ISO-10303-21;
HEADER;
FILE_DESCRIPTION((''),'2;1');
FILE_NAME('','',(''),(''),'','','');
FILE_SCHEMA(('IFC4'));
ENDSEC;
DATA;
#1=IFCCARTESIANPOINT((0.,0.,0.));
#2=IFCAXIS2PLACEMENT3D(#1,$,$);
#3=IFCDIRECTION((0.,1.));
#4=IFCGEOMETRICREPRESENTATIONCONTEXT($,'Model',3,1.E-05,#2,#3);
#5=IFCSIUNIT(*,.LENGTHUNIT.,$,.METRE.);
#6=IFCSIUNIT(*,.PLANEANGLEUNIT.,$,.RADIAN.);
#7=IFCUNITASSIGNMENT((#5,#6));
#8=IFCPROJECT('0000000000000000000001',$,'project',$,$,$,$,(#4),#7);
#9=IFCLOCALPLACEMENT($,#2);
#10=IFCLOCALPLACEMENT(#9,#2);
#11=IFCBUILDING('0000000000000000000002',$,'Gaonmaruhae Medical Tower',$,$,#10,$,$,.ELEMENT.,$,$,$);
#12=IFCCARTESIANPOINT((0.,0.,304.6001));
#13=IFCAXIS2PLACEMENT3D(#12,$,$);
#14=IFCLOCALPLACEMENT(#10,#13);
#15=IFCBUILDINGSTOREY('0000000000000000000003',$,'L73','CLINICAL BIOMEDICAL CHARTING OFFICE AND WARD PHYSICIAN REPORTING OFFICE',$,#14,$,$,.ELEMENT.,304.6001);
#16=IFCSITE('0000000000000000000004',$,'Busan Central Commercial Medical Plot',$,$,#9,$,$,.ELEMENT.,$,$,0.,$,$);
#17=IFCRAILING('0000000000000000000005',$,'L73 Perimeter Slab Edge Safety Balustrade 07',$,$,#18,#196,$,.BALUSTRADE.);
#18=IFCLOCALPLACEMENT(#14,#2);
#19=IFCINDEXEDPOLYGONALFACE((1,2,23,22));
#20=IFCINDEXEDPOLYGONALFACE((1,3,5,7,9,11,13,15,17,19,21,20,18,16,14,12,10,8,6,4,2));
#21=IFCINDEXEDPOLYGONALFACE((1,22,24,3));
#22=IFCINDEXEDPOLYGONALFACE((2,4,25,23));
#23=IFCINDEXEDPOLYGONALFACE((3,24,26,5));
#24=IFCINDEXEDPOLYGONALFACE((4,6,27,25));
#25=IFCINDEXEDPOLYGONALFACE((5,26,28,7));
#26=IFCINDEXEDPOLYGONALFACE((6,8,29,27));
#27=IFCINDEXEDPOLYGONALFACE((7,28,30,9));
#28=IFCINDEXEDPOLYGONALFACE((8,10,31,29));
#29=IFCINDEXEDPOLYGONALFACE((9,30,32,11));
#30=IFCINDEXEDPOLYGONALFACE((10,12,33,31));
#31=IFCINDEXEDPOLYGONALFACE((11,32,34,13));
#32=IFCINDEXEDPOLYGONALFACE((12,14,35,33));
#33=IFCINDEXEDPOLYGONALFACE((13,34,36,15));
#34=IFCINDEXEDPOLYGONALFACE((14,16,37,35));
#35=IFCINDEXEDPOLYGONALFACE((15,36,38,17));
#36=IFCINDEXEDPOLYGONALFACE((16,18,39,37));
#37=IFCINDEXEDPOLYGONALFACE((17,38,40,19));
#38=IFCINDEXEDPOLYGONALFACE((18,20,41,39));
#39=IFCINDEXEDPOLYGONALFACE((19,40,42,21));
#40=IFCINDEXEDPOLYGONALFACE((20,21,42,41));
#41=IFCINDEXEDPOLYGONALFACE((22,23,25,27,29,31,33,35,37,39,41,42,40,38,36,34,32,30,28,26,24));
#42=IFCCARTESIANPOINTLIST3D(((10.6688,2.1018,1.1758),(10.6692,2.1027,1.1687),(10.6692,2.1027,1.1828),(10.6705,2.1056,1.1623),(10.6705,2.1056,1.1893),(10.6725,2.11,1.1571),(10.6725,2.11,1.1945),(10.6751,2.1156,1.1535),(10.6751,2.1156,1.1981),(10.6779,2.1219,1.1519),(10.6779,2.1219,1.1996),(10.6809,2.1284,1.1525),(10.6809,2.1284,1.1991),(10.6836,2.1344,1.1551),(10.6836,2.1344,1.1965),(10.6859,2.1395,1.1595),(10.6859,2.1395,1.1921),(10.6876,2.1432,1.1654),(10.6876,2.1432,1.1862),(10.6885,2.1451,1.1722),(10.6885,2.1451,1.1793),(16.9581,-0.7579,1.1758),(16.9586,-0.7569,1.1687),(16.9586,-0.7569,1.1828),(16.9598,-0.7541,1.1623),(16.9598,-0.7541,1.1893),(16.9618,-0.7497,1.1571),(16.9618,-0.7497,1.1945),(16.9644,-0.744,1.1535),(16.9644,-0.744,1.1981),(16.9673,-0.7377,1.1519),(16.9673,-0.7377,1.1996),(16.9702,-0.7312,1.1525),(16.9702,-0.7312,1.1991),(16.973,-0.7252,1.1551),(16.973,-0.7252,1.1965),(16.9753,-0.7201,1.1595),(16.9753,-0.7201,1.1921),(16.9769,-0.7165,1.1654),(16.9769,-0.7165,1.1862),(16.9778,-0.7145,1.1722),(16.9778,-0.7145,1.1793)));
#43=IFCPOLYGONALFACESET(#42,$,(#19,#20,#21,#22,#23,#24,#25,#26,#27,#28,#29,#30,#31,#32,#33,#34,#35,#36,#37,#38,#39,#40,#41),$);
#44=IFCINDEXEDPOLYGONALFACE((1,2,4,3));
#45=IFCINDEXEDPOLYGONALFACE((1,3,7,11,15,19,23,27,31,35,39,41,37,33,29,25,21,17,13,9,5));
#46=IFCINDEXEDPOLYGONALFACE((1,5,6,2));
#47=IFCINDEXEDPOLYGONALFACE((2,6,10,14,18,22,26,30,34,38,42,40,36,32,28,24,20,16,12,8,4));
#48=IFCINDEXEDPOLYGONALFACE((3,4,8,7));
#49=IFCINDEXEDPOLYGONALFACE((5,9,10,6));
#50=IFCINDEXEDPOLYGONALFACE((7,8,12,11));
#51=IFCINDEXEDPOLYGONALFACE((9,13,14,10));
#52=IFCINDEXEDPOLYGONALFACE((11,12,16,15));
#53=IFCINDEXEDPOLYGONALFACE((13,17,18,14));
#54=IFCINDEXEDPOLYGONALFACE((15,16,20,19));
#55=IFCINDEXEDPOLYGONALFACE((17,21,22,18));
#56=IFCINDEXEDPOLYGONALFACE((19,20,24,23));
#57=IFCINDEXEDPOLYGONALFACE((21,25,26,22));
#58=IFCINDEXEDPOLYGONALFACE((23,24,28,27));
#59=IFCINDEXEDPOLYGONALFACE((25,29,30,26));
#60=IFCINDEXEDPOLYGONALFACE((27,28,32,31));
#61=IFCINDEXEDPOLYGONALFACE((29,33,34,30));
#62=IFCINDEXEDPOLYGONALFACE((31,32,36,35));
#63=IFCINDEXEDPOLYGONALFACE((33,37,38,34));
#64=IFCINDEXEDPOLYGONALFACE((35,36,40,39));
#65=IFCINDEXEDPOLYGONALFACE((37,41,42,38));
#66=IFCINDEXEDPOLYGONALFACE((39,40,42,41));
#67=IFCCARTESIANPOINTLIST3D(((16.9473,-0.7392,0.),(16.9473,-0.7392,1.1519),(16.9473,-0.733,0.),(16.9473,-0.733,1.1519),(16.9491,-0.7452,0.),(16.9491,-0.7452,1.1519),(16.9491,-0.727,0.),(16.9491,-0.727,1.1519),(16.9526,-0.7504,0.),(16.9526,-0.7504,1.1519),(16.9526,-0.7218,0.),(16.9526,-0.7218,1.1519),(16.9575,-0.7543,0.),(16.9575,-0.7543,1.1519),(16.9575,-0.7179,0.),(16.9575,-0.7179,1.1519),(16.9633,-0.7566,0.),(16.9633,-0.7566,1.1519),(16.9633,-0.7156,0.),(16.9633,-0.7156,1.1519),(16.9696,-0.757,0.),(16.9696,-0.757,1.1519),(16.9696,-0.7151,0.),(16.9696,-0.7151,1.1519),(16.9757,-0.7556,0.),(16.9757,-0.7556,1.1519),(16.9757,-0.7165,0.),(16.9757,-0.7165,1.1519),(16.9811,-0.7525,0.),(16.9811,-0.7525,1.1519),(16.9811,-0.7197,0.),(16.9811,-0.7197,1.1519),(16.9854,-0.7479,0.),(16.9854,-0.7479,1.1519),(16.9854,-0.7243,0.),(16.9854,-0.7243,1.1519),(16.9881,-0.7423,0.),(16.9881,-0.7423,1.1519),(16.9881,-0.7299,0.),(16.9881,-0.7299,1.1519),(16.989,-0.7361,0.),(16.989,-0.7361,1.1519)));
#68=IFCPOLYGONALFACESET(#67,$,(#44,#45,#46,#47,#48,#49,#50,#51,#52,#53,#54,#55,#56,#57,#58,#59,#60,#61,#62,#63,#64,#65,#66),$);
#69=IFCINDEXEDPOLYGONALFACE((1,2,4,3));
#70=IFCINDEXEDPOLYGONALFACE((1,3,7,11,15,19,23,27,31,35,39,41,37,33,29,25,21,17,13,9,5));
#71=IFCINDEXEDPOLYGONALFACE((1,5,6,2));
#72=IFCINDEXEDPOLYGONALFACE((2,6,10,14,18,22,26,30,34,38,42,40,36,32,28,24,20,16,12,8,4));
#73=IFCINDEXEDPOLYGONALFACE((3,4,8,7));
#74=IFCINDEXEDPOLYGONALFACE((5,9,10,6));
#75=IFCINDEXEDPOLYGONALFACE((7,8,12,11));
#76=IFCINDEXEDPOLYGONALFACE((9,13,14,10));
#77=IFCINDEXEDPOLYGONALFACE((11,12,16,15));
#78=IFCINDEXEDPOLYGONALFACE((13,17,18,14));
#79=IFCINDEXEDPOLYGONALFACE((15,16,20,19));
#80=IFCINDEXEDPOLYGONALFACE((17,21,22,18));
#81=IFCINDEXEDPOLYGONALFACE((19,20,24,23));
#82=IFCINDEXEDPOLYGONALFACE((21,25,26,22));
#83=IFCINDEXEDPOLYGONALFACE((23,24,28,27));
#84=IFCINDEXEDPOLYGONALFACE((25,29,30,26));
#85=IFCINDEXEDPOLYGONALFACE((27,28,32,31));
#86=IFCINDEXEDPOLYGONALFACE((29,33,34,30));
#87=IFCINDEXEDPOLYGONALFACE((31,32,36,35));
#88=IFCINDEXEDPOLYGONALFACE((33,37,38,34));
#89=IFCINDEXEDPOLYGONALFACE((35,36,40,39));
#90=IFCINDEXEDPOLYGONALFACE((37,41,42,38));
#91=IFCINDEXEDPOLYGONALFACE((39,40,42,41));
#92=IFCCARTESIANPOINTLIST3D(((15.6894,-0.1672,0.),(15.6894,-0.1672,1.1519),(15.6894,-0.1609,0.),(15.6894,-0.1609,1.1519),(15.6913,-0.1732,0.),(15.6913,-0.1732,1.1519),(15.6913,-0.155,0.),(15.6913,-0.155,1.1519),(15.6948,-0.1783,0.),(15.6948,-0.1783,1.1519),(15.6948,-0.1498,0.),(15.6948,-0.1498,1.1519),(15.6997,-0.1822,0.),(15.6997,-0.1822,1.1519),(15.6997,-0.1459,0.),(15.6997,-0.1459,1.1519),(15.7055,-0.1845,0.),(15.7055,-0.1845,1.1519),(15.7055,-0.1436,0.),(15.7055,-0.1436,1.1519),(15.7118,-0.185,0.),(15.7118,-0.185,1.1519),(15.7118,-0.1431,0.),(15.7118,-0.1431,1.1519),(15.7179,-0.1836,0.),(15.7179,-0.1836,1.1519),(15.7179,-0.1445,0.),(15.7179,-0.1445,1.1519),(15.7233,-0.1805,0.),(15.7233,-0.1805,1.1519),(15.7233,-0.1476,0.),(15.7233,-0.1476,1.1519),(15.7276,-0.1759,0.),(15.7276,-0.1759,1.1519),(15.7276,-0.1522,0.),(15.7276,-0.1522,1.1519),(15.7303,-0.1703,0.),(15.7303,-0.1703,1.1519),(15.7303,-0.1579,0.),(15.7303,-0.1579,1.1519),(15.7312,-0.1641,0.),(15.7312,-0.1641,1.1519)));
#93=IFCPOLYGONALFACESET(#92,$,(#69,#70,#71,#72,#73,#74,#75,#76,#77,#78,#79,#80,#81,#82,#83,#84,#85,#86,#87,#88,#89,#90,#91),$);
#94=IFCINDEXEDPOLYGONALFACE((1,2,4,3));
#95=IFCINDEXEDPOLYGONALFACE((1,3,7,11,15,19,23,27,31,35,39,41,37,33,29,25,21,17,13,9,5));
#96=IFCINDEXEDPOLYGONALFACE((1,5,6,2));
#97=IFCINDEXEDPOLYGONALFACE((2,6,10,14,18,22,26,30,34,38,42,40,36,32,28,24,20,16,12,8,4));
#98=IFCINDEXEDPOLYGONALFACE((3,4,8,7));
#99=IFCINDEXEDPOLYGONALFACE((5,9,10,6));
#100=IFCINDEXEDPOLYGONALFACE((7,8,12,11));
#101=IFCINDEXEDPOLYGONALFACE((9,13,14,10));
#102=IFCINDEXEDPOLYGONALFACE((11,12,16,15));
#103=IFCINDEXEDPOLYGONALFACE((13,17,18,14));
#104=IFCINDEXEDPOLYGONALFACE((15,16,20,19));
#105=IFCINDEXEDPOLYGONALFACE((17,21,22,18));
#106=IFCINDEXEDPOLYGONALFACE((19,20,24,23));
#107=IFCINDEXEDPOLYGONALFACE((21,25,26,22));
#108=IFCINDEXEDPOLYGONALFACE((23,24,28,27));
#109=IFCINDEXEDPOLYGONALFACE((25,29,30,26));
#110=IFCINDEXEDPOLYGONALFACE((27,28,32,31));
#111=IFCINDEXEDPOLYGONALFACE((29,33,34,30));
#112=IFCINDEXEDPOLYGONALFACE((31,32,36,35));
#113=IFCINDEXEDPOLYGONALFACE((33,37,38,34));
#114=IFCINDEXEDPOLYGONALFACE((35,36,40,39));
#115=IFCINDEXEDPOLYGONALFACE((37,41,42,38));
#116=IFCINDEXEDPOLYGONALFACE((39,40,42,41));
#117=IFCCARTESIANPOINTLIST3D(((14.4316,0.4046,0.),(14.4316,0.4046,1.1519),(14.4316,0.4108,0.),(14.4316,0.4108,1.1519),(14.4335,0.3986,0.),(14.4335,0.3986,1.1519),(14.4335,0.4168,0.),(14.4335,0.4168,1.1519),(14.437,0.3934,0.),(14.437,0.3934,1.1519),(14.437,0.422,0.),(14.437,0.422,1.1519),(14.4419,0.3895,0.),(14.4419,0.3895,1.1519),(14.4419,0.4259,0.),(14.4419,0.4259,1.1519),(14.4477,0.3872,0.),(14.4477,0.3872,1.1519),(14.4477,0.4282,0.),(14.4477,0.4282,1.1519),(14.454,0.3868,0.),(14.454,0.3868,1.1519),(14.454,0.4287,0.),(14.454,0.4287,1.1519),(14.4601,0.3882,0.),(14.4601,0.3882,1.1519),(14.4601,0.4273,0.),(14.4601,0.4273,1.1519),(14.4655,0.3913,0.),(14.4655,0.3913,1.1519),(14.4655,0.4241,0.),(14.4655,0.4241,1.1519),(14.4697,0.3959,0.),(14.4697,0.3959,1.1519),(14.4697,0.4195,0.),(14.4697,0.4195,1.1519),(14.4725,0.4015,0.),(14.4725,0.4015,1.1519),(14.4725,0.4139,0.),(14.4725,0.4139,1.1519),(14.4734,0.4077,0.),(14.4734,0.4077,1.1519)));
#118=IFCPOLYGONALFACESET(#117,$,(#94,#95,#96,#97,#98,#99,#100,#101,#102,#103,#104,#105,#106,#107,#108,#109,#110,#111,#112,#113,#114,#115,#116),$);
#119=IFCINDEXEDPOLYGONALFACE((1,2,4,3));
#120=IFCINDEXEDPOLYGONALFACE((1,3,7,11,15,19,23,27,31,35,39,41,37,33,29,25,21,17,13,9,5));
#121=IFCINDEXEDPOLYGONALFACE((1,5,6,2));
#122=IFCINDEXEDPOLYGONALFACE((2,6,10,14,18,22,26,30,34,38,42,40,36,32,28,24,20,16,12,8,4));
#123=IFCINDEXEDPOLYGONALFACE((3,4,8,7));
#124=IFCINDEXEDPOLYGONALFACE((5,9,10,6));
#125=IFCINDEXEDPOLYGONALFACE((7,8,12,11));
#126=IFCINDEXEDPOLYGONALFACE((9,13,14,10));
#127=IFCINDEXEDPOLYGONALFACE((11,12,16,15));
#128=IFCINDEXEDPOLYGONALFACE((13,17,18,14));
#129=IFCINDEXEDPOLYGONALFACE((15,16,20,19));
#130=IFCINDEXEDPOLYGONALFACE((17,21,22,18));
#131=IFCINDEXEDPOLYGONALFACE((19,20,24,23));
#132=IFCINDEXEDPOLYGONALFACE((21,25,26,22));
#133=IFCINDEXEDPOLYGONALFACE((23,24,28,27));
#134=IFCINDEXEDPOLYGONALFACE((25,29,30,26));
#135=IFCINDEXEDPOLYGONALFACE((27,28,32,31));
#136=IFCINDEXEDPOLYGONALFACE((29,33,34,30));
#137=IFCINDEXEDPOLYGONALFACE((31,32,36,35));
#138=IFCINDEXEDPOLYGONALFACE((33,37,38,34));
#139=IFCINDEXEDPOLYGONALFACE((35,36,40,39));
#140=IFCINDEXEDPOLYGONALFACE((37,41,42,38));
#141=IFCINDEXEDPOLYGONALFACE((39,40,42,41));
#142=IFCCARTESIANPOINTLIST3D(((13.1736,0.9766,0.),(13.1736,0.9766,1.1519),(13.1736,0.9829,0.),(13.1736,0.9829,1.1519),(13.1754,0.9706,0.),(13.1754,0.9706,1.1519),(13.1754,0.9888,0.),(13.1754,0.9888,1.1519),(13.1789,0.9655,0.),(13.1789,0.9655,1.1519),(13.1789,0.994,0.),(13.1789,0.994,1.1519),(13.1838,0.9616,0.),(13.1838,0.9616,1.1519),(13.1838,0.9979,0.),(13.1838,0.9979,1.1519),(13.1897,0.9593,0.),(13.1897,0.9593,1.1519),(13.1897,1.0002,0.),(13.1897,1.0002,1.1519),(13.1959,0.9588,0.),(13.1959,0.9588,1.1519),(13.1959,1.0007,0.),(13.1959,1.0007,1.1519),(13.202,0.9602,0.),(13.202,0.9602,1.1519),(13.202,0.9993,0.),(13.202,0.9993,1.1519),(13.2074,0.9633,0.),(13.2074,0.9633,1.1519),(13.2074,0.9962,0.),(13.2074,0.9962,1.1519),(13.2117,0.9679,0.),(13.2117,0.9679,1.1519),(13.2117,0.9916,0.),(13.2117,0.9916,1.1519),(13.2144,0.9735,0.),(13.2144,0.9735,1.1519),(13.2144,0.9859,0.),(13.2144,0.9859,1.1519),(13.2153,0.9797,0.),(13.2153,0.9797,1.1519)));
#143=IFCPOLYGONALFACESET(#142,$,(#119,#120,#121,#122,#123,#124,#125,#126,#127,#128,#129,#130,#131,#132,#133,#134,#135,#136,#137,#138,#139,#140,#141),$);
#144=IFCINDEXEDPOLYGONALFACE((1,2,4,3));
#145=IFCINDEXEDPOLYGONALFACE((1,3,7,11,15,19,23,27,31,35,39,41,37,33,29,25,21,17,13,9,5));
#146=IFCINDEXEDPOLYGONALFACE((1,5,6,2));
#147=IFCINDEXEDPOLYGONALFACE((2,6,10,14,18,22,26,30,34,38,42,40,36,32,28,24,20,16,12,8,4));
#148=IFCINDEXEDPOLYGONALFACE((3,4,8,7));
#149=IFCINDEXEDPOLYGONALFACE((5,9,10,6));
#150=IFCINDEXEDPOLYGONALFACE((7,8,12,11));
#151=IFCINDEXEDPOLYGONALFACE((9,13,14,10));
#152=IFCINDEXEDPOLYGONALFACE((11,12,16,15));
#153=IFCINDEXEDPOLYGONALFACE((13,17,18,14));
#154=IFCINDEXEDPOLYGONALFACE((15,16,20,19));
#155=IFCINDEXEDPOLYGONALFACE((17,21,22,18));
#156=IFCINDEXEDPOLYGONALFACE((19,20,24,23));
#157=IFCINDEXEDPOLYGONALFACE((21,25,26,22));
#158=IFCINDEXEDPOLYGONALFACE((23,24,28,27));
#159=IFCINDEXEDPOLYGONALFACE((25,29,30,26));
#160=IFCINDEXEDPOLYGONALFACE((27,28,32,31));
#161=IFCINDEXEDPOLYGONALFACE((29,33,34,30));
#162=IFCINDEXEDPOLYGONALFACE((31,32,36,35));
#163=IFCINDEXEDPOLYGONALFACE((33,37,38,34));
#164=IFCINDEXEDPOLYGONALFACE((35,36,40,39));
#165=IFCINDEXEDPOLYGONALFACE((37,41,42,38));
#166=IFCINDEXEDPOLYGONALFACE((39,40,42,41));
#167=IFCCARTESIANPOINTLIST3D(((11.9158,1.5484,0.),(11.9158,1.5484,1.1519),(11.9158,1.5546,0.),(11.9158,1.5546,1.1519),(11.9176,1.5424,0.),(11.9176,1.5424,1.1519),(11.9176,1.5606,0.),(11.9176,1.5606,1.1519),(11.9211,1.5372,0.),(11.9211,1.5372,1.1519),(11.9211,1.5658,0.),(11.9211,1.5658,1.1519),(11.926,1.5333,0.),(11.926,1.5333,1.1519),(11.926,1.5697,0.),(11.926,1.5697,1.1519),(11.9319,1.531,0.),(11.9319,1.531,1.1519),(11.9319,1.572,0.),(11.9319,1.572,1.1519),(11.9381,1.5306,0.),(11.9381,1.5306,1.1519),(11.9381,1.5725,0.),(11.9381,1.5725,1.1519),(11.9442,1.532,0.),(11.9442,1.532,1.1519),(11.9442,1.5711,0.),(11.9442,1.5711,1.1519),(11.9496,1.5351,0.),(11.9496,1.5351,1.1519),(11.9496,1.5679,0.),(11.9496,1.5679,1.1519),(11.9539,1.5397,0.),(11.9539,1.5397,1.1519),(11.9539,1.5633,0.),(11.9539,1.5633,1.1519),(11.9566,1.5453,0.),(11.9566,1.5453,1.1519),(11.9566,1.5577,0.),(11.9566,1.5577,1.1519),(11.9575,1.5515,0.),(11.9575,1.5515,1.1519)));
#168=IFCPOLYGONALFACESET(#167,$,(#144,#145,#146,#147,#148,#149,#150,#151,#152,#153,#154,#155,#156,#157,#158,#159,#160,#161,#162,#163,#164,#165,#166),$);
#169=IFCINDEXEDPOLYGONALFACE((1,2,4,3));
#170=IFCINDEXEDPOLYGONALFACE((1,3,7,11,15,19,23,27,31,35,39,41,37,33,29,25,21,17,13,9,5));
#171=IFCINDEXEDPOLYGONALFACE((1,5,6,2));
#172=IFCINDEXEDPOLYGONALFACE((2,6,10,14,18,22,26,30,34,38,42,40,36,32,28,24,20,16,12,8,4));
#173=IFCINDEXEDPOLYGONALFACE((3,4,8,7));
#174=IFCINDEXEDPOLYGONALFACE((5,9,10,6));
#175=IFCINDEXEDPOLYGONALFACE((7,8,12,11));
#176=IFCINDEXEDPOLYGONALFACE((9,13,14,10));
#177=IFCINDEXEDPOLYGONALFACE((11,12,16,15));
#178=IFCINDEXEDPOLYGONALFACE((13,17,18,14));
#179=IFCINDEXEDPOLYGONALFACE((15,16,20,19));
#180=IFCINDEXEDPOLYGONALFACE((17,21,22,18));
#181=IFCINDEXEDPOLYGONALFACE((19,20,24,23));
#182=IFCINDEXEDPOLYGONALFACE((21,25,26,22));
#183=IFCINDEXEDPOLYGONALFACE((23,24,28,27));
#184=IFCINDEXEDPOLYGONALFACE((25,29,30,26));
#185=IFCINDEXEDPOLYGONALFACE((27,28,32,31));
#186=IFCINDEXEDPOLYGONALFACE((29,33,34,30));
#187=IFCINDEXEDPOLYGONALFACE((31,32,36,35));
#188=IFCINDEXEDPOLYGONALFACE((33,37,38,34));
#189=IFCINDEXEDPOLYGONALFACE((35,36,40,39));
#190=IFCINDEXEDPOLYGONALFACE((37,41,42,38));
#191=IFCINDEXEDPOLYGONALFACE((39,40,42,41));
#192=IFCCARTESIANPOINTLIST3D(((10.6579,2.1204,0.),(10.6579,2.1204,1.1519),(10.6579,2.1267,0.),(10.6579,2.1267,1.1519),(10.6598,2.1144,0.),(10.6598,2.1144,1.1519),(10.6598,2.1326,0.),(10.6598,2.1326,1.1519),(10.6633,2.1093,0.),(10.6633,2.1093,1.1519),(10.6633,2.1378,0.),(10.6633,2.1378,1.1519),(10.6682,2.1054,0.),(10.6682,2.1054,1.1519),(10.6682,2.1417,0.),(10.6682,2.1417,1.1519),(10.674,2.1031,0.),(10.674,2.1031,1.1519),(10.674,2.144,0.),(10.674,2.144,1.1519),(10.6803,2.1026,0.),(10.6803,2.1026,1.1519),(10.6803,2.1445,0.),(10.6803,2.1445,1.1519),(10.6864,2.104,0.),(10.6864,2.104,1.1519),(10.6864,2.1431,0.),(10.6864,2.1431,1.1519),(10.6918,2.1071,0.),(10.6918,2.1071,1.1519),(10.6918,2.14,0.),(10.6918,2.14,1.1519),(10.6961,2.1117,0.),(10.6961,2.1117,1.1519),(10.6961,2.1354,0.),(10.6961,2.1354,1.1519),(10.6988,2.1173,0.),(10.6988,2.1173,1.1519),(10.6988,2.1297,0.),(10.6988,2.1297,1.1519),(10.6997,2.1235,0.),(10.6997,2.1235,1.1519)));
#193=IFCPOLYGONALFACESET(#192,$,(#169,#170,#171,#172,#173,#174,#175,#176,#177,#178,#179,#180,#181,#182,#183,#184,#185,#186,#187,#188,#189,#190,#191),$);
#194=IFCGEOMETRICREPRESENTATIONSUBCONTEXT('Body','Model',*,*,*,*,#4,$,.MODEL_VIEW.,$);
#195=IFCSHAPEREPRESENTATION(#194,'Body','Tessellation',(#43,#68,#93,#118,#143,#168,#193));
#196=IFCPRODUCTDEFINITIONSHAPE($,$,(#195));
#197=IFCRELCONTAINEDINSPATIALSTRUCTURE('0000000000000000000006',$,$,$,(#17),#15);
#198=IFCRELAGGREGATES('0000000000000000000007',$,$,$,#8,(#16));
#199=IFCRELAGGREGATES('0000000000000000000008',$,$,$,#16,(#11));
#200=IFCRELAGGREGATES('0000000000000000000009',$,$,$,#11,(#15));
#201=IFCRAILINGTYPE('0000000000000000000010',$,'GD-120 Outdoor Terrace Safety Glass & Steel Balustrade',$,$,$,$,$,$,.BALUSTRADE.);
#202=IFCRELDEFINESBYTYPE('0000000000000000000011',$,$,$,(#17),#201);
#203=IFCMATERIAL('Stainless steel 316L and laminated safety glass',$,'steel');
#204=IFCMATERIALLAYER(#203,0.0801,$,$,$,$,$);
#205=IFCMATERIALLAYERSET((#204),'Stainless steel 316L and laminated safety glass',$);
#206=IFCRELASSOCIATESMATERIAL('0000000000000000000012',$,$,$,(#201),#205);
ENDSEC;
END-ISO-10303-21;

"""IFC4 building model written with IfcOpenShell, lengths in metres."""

from ifc_helpers import new_model, si_unit, direction, frame, origin, origin_2d, place, context, subcontext, project, spatial, circle, extrude, material, layer, layer_set, type_object, element, save


model = new_model("IFC4")

# Units and contexts
model_context = context("Model", 3, precision=1e-05, world=origin(), true_north=direction((0.0, 1.0)))
body_context = subcontext(model_context, "Body", "Model", "MODEL_VIEW")
ifc_project = project(units=[si_unit("LENGTHUNIT", "METRE"), si_unit("PLANEANGLEUNIT", "RADIAN")], contexts=[model_context])

# Site, building, storey
site_placement = place(None, origin())
site = spatial("IfcSite", under=ifc_project, at=site_placement, Name="Busan Central Commercial Medical Plot", CompositionType="ELEMENT", RefElevation=0.0)
building_placement = place(site_placement, origin())
building = spatial("IfcBuilding", under=site, at=building_placement, Name="Gaonmaruhae Medical Tower", CompositionType="ELEMENT")
storey_placement = place(building_placement, frame((0.0, 0.0, 304.6001)))
storey = spatial("IfcBuildingStorey", under=building, at=storey_placement, Name="L73", Description="CLINICAL BIOMEDICAL CHARTING OFFICE AND WARD PHYSICIAN REPORTING OFFICE", CompositionType="ELEMENT", Elevation=304.6001)

# Railing
ifc_material_1 = material(Name="Stainless steel 316L and laminated safety glass", Category="steel")
ifc_layer_1 = layer(ifc_material_1, 0.0801)
ifc_layer_set_1 = layer_set([ifc_layer_1], Name="Stainless steel 316L and laminated safety glass")
railing_type_1 = type_object("IfcRailingType", Name="GD-120 Outdoor Terrace Safety Glass & Steel Balustrade", PredefinedType="BALUSTRADE", material=ifc_layer_set_1)
railing_1_placement = place(storey_placement, frame((16.968, -0.7361, 0.0)))
element("IfcRailing", 1, at=railing_1_placement, inside=storey, type_object=railing_type_1, Name="L73 Perimeter Slab Edge Safety Balustrade 07", PredefinedType="BALUSTRADE", context=body_context, shape_type="SweptSolid", body=[
    extrude(circle(Radius=0.0239, at=origin_2d()), frame((0.0, 0.0, 1.1758), z_axis=(-0.91032, 0.413904, 0.0), x_axis=(-0.413904, -0.91032, 0.0)), (0.0, 0.0, 1.0), 6.9089),
    extrude(circle(Radius=0.021, at=origin_2d()), origin(), (0.0, 0.0, 1.0), 1.1519),
    extrude(circle(Radius=0.021, at=origin_2d()), frame((-1.2578, 0.572, 0.0)), (0.0, 0.0, 1.0), 1.1519),
    extrude(circle(Radius=0.021, at=origin_2d()), frame((-2.5156, 1.1438, 0.0)), (0.0, 0.0, 1.0), 1.1519),
    extrude(circle(Radius=0.021, at=origin_2d()), frame((-3.7737, 1.7158, 0.0)), (0.0, 0.0, 1.0), 1.1519),
    extrude(circle(Radius=0.021, at=origin_2d()), frame((-5.0315, 2.2876, 0.0)), (0.0, 0.0, 1.0), 1.1519),
    extrude(circle(Radius=0.021, at=origin_2d()), frame((-6.2893, 2.8596, 0.0)), (0.0, 0.0, 1.0), 1.1519),
])

save(model, "model.ifc")
